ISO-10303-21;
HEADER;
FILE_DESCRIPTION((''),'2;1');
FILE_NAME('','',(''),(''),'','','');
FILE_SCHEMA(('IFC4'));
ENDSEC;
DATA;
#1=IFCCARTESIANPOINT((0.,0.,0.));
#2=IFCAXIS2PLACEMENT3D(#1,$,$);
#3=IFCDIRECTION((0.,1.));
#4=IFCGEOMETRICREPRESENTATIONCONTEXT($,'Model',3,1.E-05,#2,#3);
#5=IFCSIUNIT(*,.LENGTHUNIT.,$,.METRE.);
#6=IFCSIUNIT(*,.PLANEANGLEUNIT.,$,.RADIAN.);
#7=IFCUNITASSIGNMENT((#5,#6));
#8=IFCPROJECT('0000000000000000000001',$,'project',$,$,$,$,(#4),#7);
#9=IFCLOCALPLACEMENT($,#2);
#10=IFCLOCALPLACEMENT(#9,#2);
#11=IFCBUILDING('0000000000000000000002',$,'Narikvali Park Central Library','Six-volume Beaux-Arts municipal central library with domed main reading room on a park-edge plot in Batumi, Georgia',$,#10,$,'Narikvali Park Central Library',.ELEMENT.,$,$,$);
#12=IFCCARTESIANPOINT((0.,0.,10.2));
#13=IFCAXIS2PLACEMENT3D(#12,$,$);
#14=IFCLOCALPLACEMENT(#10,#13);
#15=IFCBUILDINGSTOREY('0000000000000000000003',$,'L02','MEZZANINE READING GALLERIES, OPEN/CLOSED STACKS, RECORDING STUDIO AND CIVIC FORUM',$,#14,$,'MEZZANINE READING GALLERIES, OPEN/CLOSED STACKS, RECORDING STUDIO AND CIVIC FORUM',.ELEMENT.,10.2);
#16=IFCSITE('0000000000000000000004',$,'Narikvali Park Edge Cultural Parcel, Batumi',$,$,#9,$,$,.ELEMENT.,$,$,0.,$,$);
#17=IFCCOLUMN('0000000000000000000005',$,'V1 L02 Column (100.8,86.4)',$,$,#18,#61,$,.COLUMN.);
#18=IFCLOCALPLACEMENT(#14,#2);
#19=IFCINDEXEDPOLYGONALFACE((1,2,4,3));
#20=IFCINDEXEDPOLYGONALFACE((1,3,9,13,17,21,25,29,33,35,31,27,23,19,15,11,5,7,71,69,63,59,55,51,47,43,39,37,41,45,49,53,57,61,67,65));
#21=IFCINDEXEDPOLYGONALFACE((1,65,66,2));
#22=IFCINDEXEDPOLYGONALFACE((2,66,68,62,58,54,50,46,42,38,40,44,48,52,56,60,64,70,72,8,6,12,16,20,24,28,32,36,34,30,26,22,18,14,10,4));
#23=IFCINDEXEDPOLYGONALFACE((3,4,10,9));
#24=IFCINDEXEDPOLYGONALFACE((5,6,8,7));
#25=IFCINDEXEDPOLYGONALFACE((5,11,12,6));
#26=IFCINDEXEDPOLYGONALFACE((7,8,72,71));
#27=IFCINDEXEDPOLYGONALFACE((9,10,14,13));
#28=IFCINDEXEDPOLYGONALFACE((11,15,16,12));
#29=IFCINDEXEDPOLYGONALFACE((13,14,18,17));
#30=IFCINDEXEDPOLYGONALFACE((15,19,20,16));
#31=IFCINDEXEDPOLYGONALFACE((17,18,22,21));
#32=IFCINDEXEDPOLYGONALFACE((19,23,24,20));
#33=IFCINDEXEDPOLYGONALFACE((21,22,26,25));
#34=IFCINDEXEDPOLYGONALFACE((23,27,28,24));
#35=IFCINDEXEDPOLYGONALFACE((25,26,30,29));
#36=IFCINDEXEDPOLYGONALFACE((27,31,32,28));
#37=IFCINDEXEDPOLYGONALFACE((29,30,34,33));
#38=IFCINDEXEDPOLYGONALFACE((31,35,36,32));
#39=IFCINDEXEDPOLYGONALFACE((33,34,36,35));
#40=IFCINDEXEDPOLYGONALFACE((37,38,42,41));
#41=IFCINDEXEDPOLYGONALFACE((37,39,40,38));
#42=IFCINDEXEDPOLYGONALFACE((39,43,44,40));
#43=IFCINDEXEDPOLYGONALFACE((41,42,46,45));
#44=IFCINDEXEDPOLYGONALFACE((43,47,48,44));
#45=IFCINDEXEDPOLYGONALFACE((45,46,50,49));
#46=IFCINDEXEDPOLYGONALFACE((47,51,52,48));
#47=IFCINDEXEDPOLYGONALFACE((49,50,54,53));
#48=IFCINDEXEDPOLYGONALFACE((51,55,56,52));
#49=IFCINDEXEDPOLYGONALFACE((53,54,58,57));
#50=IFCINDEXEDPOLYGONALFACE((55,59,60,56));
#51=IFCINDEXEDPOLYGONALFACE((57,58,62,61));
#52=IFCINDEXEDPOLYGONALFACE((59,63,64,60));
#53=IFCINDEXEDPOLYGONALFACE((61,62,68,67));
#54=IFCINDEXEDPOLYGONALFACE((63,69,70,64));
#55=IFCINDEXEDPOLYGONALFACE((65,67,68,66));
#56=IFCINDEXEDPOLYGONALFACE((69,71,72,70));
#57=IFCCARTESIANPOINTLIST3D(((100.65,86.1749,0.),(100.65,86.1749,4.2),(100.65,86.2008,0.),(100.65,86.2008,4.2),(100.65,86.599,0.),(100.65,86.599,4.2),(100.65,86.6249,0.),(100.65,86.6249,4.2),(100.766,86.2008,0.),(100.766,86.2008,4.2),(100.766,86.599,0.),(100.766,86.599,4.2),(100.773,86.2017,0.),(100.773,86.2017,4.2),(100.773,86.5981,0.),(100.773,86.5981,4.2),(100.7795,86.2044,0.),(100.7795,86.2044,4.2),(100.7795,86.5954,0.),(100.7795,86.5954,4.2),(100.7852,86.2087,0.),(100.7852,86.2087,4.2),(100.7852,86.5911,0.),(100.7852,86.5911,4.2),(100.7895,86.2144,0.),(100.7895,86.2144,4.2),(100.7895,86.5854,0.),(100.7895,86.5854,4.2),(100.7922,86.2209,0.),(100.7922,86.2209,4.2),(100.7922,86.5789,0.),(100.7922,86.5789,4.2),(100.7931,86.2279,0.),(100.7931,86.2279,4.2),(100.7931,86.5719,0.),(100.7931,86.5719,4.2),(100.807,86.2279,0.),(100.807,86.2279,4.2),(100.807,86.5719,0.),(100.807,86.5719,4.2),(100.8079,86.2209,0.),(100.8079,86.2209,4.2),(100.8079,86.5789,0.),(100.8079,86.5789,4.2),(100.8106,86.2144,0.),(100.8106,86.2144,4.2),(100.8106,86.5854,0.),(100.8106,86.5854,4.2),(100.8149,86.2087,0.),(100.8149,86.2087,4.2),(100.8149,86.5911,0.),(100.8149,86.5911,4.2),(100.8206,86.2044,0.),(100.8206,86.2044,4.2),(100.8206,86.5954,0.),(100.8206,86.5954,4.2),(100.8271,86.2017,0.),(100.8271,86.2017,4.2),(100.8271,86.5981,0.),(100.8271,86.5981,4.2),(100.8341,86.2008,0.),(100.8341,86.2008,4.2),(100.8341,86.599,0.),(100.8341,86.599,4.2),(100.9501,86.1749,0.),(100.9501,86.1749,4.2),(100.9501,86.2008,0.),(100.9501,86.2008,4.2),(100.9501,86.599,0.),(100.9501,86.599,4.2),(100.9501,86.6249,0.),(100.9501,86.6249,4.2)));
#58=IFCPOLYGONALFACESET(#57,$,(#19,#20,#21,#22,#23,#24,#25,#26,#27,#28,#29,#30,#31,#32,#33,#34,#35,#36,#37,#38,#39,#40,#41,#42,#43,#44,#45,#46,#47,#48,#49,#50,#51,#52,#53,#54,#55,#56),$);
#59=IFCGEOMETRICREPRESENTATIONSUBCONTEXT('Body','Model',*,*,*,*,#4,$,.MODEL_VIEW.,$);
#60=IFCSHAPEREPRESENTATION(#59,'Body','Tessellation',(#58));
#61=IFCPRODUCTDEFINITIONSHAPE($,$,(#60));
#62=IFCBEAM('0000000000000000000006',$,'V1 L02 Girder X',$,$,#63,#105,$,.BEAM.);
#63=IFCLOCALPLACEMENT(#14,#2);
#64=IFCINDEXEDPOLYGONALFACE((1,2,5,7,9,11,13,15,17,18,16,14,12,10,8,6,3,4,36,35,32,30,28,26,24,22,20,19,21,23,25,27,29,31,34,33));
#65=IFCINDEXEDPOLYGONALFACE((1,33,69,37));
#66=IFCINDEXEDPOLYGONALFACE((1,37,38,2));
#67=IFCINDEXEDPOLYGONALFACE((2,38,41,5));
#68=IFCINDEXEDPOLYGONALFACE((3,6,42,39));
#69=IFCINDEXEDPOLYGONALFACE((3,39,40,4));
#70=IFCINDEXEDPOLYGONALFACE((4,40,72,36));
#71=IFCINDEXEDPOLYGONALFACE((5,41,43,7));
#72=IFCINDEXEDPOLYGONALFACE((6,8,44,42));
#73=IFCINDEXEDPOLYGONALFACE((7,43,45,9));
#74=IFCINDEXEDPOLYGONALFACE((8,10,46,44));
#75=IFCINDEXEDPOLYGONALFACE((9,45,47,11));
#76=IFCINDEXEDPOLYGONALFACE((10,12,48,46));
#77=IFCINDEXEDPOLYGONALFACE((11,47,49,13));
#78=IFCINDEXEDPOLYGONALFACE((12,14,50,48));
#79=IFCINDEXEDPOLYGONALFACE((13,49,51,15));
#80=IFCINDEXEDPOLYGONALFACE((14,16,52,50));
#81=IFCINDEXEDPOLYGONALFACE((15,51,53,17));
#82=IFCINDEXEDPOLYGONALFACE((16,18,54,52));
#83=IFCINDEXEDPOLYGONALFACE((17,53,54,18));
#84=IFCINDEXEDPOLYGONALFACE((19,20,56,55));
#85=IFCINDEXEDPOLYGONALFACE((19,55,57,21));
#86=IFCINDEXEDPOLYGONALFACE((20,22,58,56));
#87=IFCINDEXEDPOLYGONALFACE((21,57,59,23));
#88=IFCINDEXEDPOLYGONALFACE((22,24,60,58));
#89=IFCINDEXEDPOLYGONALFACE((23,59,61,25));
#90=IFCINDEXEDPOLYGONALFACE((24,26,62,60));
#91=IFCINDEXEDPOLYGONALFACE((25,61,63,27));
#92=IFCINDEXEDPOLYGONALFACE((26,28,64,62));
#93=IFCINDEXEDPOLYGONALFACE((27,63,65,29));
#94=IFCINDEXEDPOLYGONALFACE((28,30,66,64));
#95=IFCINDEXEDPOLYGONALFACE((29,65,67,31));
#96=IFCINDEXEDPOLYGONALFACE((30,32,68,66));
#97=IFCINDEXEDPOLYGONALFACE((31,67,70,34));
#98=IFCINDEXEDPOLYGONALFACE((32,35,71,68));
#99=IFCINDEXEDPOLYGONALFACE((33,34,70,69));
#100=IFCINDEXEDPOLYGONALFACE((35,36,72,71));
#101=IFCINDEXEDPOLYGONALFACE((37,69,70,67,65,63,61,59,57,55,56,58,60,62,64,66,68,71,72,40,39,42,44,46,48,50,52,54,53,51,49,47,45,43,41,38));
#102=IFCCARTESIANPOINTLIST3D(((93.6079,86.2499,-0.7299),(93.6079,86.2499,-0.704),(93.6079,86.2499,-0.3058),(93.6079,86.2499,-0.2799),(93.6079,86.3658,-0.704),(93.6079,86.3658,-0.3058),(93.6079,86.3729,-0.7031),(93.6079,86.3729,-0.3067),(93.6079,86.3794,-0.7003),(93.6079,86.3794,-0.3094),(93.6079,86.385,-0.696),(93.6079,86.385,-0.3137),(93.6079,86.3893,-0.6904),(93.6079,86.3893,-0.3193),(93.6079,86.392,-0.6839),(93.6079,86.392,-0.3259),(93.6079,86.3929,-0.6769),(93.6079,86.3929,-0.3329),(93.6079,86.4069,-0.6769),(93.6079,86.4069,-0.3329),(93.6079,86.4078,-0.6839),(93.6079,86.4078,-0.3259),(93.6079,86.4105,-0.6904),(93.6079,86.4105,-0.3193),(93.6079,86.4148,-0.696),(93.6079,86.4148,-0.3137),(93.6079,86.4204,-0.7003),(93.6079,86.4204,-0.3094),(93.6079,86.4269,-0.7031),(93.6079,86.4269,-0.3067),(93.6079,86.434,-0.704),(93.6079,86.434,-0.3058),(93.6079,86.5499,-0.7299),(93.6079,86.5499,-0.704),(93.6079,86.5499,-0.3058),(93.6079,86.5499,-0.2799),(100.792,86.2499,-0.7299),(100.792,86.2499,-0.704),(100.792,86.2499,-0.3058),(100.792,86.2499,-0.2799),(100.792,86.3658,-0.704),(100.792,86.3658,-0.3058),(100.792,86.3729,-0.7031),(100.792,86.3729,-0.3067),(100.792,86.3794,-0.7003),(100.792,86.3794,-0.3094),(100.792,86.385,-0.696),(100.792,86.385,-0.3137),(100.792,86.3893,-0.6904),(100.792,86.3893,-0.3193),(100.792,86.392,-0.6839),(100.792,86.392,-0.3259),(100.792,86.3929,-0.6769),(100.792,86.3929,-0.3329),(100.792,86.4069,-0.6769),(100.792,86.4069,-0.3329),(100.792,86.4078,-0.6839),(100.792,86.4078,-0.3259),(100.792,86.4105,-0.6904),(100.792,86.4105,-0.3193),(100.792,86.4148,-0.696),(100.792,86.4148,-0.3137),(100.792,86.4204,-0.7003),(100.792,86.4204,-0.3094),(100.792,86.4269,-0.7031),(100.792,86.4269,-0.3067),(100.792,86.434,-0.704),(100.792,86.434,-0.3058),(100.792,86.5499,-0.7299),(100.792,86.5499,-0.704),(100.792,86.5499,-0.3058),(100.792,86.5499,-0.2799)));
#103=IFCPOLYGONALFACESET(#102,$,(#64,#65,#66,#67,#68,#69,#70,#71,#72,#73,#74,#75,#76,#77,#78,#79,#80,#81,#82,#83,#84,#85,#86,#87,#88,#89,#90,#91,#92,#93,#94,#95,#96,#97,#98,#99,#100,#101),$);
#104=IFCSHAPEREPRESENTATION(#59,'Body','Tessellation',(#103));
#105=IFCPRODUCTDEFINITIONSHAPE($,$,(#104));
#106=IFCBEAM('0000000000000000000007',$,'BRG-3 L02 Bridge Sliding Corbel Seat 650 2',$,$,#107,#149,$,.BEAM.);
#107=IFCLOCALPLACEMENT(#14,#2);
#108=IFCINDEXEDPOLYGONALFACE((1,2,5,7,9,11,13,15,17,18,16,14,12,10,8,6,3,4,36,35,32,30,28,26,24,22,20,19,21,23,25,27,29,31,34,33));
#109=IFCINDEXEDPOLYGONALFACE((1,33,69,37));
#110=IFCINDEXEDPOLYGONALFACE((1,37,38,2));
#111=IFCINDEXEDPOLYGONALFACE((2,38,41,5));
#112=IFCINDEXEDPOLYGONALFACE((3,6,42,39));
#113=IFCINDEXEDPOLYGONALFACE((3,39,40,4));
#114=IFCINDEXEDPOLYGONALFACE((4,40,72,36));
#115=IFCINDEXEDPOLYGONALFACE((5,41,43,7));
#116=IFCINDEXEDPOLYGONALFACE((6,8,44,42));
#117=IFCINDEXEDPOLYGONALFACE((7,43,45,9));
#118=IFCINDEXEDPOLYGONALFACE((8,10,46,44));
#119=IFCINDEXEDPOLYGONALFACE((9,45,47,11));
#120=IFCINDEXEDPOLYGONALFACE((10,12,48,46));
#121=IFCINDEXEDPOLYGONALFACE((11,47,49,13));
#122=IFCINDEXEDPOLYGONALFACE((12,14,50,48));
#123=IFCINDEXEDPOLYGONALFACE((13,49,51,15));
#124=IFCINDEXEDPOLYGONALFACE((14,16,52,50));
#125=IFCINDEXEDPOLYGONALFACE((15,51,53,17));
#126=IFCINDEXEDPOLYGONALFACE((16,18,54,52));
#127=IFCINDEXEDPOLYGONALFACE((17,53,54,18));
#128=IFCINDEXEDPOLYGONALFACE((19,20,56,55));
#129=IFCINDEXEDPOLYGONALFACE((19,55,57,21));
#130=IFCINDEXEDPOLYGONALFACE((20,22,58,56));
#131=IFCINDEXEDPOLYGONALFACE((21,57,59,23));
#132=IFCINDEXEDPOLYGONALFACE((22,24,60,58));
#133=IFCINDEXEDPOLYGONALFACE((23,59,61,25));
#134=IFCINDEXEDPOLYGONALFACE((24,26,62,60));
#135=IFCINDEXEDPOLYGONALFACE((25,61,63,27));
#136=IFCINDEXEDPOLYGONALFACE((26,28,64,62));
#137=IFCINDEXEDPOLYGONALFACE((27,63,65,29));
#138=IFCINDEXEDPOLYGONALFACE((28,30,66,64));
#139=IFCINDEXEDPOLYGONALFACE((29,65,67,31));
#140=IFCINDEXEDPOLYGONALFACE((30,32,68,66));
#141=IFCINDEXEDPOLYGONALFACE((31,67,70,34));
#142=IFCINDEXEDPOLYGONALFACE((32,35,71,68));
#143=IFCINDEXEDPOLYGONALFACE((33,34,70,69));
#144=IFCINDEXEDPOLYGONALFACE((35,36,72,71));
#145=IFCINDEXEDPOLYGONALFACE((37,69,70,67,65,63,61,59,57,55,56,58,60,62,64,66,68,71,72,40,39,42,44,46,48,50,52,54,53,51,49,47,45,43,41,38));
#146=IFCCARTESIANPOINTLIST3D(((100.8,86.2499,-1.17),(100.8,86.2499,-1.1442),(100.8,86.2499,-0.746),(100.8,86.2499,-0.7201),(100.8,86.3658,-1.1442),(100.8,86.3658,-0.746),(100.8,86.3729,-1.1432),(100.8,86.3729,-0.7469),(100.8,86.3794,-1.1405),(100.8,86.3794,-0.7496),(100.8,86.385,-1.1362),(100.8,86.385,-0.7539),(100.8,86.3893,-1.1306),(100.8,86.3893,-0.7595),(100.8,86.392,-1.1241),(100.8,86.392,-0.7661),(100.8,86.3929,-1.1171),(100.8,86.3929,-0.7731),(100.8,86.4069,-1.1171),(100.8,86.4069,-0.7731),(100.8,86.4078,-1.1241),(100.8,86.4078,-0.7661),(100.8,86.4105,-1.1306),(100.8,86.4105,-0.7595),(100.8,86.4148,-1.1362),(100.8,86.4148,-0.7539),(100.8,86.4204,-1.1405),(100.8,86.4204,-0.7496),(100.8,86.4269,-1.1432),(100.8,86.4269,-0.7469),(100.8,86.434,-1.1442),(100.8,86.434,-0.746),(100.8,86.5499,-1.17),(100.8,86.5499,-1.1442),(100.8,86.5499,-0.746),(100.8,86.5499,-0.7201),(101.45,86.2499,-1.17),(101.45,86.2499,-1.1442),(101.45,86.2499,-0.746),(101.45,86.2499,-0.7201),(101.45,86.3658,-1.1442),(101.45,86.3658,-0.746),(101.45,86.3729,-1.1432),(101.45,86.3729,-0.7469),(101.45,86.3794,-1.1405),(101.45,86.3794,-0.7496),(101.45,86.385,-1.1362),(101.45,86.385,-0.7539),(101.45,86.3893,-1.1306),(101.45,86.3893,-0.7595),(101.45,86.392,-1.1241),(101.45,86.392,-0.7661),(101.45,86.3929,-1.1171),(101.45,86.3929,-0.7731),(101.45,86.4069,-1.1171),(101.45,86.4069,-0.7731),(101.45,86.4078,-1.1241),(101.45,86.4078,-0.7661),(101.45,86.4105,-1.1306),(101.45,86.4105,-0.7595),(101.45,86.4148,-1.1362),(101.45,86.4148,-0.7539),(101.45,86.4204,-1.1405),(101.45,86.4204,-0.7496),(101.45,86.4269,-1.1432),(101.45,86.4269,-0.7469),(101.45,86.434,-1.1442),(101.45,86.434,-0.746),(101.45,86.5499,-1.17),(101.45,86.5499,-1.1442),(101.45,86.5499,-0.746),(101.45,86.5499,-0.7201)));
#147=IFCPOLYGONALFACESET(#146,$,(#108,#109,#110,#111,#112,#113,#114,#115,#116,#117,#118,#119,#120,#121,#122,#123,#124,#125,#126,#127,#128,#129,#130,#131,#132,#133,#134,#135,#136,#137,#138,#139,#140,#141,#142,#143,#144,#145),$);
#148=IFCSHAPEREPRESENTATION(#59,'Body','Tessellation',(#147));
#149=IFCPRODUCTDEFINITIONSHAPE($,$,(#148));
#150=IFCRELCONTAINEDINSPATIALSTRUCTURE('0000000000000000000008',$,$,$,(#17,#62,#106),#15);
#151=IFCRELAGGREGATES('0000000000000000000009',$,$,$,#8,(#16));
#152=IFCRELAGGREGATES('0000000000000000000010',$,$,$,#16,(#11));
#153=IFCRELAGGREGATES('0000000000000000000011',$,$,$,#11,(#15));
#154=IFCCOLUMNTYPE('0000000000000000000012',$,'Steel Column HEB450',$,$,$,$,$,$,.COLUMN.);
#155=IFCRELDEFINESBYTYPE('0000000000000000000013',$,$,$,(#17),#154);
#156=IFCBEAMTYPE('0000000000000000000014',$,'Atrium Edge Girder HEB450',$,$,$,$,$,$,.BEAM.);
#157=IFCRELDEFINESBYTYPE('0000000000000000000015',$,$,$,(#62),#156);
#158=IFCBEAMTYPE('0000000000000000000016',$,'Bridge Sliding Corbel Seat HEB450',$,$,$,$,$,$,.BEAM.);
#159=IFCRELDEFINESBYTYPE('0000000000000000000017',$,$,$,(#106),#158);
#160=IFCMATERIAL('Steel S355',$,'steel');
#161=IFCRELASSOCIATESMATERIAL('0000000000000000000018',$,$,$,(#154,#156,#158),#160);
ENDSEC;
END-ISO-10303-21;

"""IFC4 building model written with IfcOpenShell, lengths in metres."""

from ifc_helpers import new_model, si_unit, direction, frame, origin, origin_2d, place, context, subcontext, project, spatial, i_section, extrude, material, material_profile, profile_set, type_object, element, save


model = new_model("IFC4")

# Units and contexts
model_context = context("Model", 3, precision=1e-05, world=origin(), true_north=direction((0.0, 1.0)))
body_context = subcontext(model_context, "Body", "Model", "MODEL_VIEW")
ifc_project = project(units=[si_unit("LENGTHUNIT", "METRE"), si_unit("PLANEANGLEUNIT", "RADIAN")], contexts=[model_context])

# Site, building, storey
site_placement = place(None, origin())
site = spatial("IfcSite", under=ifc_project, at=site_placement, Name="Narikvali Park Edge Cultural Parcel, Batumi", CompositionType="ELEMENT", RefElevation=0.0)
building_placement = place(site_placement, origin())
building = spatial("IfcBuilding", under=site, at=building_placement, Name="Narikvali Park Central Library", Description="Six-volume Beaux-Arts municipal central library with domed main reading room on a park-edge plot in Batumi, Georgia", LongName="Narikvali Park Central Library", CompositionType="ELEMENT")
storey_placement = place(building_placement, frame((0.0, 0.0, 10.2)))
storey = spatial("IfcBuildingStorey", under=building, at=storey_placement, Name="L02", Description="MEZZANINE READING GALLERIES, OPEN/CLOSED STACKS, RECORDING STUDIO AND CIVIC FORUM", LongName="MEZZANINE READING GALLERIES, OPEN/CLOSED STACKS, RECORDING STUDIO AND CIVIC FORUM", CompositionType="ELEMENT", Elevation=10.2)

# Column
ifc_material_1 = material(Name="Steel S355", Category="steel")
ifc_material_profile_1 = material_profile(ifc_material_1, i_section(OverallWidth=0.3, OverallDepth=0.45, WebThickness=0.0139, FlangeThickness=0.0259, FilletRadius=0.0271, at=origin_2d()), Name="HEB 450")
ifc_profile_set_1 = profile_set([ifc_material_profile_1], Name="Steel S355")
column_type = type_object("IfcColumnType", Name="Steel Column HEB450", PredefinedType="COLUMN", material=ifc_profile_set_1)
column_placement = place(storey_placement, frame((100.8, 86.3999, 0.0), z_axis=(0.0, 0.0, 1.0), x_axis=(1.0, 0.0, 0.0)))
element("IfcColumn", 1, at=column_placement, inside=storey, type_object=column_type, Name="V1 L02 Column (100.8,86.4)", PredefinedType="COLUMN", context=body_context, shape_type="SweptSolid", body=[
    extrude(i_section(OverallWidth=0.3, OverallDepth=0.45, WebThickness=0.0139, FlangeThickness=0.0259, FilletRadius=0.0271, at=origin_2d()), origin(), (0.0, 0.0, 1.0), 4.2),
])

# Beams
ifc_material_profile_2 = material_profile(ifc_material_1, i_section(OverallWidth=0.3, OverallDepth=0.45, WebThickness=0.0139, FlangeThickness=0.0259, FilletRadius=0.0271, at=origin_2d()), Name="HEB 450")
ifc_profile_set_2 = profile_set([ifc_material_profile_2], Name="Steel S355")
beam_type_1 = type_object("IfcBeamType", Name="Atrium Edge Girder HEB450", PredefinedType="BEAM", material=ifc_profile_set_2)
beam_1_placement = place(storey_placement, frame((93.6079, 86.3999, -0.5049), z_axis=(1.0, 0.0, 0.0), x_axis=(0.0, 1.0, 0.0)))
element("IfcBeam", 2, at=beam_1_placement, inside=storey, type_object=beam_type_1, Name="V1 L02 Girder X", PredefinedType="BEAM", context=body_context, shape_type="SweptSolid", body=[
    extrude(i_section(OverallWidth=0.3, OverallDepth=0.45, WebThickness=0.0139, FlangeThickness=0.0259, FilletRadius=0.0271, at=origin_2d()), origin(), (0.0, 0.0, 1.0), 7.1841),
])
ifc_material_profile_3 = material_profile(ifc_material_1, i_section(OverallWidth=0.3, OverallDepth=0.45, WebThickness=0.0139, FlangeThickness=0.0259, FilletRadius=0.0271, at=origin_2d()), Name="HEB 450")
ifc_profile_set_3 = profile_set([ifc_material_profile_3], Name="Steel S355")
beam_type_2 = type_object("IfcBeamType", Name="Bridge Sliding Corbel Seat HEB450", PredefinedType="BEAM", material=ifc_profile_set_3)
beam_2_placement = place(storey_placement, frame((100.8, 86.3999, -0.9451), z_axis=(1.0, 0.0, 0.0), x_axis=(0.0, 1.0, 0.0)))
element("IfcBeam", 3, at=beam_2_placement, inside=storey, type_object=beam_type_2, Name="BRG-3 L02 Bridge Sliding Corbel Seat 650 2", PredefinedType="BEAM", context=body_context, shape_type="SweptSolid", body=[
    extrude(i_section(OverallWidth=0.3, OverallDepth=0.45, WebThickness=0.0139, FlangeThickness=0.0259, FilletRadius=0.0271, at=origin_2d()), origin(), (0.0, 0.0, 1.0), 0.6499),
])

save(model, "model.ifc")
